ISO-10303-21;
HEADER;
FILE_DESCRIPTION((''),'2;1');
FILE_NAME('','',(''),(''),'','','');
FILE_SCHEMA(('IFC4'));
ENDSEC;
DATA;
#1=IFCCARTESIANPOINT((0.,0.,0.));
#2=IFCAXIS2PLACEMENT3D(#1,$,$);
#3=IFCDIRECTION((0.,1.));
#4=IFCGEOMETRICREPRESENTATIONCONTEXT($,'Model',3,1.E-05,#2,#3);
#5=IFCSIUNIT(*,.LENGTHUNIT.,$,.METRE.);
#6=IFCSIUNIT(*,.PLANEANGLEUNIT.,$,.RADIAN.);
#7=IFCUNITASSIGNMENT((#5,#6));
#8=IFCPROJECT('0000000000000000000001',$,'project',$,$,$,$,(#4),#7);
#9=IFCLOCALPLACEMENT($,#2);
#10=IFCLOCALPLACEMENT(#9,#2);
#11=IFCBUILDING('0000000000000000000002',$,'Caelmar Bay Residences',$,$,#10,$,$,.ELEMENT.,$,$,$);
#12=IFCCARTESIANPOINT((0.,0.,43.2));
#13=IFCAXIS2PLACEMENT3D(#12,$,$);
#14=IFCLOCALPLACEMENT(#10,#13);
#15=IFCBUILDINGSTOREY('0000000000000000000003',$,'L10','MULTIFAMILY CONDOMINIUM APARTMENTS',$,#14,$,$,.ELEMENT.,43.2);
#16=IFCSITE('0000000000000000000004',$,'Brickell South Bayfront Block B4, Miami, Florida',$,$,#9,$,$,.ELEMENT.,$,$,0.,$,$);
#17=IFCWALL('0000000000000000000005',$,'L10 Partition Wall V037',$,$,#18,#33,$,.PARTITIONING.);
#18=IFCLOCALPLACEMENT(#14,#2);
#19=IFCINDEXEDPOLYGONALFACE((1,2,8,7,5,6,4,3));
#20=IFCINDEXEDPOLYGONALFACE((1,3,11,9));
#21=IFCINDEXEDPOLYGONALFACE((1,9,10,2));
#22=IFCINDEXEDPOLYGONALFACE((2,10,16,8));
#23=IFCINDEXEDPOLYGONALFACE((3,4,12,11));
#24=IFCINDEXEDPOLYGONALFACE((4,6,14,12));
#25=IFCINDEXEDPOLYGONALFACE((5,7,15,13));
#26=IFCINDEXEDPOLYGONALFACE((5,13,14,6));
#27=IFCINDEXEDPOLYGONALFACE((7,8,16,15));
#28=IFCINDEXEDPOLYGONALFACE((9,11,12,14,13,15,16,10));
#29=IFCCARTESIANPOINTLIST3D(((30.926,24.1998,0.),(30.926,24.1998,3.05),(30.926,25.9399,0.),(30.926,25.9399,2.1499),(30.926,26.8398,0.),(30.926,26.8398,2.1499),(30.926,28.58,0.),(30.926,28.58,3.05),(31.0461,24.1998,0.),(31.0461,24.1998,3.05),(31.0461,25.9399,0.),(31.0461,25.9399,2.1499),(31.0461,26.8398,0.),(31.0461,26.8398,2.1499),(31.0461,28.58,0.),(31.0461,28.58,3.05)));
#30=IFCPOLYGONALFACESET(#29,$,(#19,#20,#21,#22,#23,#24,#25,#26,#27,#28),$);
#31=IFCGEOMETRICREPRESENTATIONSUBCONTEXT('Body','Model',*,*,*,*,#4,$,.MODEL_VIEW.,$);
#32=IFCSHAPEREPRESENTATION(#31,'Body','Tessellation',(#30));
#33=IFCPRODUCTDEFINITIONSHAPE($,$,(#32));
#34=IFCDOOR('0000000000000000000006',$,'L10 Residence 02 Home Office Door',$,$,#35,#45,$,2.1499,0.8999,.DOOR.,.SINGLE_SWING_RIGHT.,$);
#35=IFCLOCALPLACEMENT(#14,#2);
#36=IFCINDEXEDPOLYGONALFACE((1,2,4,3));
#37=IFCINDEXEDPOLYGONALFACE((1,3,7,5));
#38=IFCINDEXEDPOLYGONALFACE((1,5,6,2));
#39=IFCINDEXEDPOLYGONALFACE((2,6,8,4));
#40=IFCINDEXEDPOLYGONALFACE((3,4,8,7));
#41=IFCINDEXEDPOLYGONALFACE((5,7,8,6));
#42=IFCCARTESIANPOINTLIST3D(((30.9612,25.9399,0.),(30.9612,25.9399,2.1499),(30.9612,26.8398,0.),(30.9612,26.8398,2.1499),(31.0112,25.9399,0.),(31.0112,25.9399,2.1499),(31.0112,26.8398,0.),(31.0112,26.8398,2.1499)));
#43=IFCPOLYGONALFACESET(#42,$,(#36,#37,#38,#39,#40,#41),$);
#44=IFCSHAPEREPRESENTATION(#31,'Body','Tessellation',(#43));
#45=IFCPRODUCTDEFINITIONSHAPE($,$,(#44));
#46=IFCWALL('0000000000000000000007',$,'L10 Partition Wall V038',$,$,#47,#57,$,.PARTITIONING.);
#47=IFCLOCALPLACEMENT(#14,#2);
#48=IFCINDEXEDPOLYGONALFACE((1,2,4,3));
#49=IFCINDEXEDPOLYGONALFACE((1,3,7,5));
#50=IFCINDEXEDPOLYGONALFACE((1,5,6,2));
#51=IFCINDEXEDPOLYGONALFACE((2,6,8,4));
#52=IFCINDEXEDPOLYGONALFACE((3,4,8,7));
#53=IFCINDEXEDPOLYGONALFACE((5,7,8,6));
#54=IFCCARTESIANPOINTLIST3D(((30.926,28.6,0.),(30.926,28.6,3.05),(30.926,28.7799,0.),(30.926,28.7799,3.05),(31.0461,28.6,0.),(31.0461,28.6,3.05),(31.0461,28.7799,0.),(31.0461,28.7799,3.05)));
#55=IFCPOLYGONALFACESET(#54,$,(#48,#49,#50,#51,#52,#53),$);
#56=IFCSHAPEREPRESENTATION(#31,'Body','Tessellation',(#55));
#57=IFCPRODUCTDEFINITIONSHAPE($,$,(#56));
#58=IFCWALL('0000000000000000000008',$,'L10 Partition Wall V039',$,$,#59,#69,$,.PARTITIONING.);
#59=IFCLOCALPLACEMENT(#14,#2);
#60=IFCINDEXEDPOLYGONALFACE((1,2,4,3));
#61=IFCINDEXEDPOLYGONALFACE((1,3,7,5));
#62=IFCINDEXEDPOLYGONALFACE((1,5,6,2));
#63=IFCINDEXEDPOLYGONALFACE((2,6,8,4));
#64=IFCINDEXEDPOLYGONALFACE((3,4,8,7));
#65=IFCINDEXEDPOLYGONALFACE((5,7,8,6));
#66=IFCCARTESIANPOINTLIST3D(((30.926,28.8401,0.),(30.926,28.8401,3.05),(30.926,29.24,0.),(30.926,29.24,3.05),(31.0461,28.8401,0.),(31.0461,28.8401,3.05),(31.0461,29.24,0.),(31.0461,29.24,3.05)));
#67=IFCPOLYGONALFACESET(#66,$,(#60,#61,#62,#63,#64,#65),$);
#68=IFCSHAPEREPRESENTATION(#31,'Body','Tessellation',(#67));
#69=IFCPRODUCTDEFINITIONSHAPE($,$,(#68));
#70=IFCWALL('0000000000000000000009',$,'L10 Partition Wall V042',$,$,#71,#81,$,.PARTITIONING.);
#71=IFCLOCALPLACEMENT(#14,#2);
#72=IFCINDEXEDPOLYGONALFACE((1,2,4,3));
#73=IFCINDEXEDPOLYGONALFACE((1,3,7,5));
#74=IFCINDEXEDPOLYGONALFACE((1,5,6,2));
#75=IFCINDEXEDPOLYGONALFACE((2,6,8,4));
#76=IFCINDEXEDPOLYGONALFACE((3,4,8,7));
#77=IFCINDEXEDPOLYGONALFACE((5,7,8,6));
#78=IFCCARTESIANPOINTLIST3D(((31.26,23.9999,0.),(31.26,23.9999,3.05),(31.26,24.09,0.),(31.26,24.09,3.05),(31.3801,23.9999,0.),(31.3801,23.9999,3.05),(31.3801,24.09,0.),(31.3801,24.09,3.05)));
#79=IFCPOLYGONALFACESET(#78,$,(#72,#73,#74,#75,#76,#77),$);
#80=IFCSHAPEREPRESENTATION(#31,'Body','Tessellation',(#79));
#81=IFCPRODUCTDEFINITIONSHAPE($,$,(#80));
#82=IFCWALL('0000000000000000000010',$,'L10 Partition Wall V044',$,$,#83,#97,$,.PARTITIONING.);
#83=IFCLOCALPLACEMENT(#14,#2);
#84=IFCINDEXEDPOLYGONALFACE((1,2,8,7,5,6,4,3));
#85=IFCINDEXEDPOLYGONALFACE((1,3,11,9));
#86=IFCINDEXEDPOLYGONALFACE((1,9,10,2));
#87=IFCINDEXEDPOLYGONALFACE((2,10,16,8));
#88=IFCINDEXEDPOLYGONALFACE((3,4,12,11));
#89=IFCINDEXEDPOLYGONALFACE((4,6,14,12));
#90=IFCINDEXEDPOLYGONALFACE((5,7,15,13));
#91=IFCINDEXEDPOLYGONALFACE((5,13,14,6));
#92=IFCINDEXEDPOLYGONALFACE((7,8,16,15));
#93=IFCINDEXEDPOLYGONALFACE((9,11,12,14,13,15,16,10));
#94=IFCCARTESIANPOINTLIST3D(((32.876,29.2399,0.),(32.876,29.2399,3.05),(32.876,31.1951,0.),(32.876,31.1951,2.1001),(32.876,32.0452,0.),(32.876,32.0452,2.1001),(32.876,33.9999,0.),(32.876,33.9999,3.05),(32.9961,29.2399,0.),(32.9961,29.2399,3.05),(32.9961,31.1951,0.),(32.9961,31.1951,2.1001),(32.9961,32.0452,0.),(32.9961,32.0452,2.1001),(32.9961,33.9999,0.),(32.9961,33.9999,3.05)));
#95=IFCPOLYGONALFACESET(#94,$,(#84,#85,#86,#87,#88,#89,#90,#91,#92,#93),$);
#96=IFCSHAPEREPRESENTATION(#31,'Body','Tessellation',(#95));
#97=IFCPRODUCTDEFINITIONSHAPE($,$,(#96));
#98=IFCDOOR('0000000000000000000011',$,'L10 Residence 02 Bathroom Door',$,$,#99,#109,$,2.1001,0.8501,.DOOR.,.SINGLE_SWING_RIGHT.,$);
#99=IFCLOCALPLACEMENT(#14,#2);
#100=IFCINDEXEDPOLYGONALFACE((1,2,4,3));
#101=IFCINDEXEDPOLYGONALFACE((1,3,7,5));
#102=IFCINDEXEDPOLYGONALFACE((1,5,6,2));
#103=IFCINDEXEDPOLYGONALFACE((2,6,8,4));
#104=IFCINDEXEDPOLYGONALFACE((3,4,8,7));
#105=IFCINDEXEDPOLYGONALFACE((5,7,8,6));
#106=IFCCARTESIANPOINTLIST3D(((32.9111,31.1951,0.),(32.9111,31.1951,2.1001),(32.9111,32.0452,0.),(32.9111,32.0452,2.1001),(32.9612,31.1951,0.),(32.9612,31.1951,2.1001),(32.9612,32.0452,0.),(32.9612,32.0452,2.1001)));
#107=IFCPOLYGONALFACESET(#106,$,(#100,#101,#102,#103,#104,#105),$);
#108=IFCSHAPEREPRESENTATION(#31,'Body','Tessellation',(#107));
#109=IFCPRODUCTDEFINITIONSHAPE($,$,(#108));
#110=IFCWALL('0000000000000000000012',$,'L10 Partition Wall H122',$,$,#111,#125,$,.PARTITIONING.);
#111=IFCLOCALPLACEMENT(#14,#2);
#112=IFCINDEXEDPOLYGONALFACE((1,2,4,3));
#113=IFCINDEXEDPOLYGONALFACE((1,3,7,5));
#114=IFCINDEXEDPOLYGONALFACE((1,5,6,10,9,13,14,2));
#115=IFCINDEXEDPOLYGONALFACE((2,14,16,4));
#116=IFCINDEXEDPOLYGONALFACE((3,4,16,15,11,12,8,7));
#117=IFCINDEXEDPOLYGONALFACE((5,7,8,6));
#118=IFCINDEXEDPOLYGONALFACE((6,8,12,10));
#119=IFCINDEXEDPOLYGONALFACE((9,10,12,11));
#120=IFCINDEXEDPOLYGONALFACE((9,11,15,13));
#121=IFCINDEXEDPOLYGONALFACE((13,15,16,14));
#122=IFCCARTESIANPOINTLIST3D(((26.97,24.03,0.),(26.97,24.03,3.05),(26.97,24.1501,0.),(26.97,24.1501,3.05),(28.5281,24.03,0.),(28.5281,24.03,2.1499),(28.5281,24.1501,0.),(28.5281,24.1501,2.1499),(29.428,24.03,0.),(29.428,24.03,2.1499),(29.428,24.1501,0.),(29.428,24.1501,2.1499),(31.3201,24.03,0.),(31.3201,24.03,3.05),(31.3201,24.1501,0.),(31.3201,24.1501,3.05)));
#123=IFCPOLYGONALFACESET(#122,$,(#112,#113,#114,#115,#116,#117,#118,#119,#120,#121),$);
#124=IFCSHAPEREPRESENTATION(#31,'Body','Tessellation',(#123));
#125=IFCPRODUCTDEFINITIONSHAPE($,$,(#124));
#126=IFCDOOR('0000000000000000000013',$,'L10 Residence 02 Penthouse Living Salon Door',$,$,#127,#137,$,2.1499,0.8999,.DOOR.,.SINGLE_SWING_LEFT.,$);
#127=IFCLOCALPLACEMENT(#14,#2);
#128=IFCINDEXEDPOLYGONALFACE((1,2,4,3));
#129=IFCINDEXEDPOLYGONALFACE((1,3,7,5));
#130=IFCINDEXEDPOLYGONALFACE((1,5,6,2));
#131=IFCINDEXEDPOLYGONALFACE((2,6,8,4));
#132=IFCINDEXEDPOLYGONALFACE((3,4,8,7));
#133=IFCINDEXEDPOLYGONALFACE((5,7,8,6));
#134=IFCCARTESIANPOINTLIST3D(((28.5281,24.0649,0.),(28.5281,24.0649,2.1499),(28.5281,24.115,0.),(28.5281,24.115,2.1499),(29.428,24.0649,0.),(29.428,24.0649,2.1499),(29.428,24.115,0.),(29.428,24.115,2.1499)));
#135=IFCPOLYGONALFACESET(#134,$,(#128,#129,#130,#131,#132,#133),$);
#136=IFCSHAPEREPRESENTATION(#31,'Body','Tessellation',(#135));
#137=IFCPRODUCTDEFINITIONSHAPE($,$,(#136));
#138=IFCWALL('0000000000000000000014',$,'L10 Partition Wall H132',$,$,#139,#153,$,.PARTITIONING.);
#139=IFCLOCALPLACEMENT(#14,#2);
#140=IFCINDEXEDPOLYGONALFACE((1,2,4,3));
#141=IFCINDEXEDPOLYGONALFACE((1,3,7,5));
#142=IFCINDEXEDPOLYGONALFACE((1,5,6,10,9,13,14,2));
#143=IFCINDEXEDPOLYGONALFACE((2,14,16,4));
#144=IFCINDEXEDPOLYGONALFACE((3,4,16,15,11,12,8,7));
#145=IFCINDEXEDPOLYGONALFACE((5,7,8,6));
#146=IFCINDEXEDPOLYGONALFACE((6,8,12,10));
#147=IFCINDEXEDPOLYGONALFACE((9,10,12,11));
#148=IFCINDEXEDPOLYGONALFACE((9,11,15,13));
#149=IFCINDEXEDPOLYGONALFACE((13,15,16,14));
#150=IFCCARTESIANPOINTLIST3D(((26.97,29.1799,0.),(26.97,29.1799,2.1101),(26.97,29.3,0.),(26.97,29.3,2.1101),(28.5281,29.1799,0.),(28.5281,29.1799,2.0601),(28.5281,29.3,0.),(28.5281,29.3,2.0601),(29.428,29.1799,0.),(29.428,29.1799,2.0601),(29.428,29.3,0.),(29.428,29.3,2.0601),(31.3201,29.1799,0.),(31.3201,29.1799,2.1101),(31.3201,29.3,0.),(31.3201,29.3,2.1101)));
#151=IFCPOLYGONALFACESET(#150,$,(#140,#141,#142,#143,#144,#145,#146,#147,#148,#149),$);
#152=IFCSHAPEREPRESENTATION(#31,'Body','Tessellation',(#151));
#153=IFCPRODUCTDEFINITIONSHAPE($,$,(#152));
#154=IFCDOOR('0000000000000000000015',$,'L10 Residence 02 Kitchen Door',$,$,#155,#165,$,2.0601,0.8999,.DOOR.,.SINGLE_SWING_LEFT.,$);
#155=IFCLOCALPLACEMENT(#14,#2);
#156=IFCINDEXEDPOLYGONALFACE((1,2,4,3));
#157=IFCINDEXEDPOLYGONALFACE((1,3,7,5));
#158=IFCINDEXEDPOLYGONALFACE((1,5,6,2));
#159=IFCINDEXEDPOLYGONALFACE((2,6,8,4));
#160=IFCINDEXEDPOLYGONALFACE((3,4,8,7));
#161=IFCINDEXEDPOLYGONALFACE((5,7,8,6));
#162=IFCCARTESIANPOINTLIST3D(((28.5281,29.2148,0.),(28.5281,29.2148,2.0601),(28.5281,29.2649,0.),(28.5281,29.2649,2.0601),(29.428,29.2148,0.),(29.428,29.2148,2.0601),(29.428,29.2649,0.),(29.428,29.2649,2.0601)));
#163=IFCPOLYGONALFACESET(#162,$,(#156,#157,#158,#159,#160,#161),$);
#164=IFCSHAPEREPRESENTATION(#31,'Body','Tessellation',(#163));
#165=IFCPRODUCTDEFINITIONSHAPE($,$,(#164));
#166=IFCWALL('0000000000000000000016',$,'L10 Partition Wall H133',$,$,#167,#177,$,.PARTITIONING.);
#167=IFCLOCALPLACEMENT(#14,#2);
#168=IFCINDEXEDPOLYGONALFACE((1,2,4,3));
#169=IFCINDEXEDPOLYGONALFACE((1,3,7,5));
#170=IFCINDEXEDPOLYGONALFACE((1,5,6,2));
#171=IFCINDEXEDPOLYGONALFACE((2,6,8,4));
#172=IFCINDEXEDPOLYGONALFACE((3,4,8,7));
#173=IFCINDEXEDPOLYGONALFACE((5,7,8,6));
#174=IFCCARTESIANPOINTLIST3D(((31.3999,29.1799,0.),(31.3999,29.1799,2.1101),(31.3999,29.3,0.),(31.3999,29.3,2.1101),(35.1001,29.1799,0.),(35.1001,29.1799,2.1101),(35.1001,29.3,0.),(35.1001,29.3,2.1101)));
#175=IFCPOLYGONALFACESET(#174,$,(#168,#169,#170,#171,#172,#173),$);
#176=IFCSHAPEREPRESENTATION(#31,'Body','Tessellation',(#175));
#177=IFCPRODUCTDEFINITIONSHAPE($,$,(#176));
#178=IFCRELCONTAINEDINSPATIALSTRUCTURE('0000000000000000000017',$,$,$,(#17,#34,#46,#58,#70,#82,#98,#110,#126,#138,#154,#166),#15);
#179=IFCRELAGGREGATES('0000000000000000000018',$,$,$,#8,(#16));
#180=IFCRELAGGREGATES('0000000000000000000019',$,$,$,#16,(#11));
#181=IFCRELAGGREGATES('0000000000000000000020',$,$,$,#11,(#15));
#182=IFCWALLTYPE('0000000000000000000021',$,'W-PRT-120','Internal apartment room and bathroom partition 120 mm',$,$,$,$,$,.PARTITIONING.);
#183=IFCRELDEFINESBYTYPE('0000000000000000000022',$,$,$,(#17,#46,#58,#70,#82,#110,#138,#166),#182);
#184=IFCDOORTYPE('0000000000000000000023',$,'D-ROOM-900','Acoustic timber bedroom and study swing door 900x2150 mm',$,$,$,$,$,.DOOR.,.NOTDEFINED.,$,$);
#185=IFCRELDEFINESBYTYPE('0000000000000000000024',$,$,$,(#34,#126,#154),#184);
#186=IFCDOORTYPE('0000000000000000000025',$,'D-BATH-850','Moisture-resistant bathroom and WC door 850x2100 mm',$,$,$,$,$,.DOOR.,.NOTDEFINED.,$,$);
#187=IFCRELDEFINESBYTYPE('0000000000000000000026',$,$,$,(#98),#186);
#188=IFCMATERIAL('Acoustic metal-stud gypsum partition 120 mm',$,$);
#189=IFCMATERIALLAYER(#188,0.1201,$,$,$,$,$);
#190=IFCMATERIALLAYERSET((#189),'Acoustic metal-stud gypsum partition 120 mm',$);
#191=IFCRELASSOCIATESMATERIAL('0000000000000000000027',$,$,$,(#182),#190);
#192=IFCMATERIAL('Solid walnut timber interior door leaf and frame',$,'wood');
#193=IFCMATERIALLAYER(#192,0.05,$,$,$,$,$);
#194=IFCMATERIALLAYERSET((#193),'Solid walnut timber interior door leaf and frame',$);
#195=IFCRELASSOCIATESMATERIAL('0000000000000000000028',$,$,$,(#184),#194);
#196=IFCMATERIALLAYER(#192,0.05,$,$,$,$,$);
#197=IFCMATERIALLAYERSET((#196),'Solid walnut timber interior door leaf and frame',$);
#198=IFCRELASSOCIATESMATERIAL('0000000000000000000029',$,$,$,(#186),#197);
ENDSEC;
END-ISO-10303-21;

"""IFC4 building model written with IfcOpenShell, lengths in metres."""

from ifc_helpers import new_model, si_unit, direction, frame, frame_2d, origin, place, context, subcontext, project, spatial, rectangle, extrude, material, layer, layer_set, type_object, element, fill, save


model = new_model("IFC4")

# Units and contexts
model_context = context("Model", 3, precision=1e-05, world=origin(), true_north=direction((0.0, 1.0)))
body_context = subcontext(model_context, "Body", "Model", "MODEL_VIEW")
ifc_project = project(units=[si_unit("LENGTHUNIT", "METRE"), si_unit("PLANEANGLEUNIT", "RADIAN")], contexts=[model_context])

# Site, building, storey
site_placement = place(None, origin())
site = spatial("IfcSite", under=ifc_project, at=site_placement, Name="Brickell South Bayfront Block B4, Miami, Florida", CompositionType="ELEMENT", RefElevation=0.0)
building_placement = place(site_placement, origin())
building = spatial("IfcBuilding", under=site, at=building_placement, Name="Caelmar Bay Residences", CompositionType="ELEMENT")
storey_placement = place(building_placement, frame((0.0, 0.0, 43.2)))
storey = spatial("IfcBuildingStorey", under=building, at=storey_placement, Name="L10", Description="MULTIFAMILY CONDOMINIUM APARTMENTS", CompositionType="ELEMENT", Elevation=43.2)

# Shared definitions
ifc_material_1 = material(Name="Acoustic metal-stud gypsum partition 120 mm")
ifc_layer_1 = layer(ifc_material_1, 0.1201)
ifc_layer_set_1 = layer_set([ifc_layer_1], Name="Acoustic metal-stud gypsum partition 120 mm")
wall_type_1 = type_object("IfcWallType", Name="W-PRT-120", Description="Internal apartment room and bathroom partition 120 mm", PredefinedType="PARTITIONING", material=ifc_layer_set_1)

# Wall, opening, door
wall_1_placement = place(storey_placement, frame((30.9861, 24.2, 0.0), z_axis=(0.0, 0.0, 1.0), x_axis=(0.0, 1.0, 0.0)))
wall_1 = element("IfcWall", 1, at=wall_1_placement, inside=storey, type_object=wall_type_1, Name="L10 Partition Wall V037", PredefinedType="PARTITIONING", context=body_context, shape_type="SweptSolid", body=[
    extrude(rectangle(XDim=4.3801, YDim=0.1201, at=frame_2d((2.1899, 0.0))), origin(), (0.0, 0.0, 1.0), 3.05),
])
opening_1_placement = place(wall_1_placement, frame((1.74, 0.0, 0.0)))
opening_1 = element("IfcOpeningElement", 2, at=opening_1_placement, cuts=wall_1, PredefinedType="OPENING", context=body_context, shape_type="SweptSolid", body=[
    extrude(rectangle(XDim=0.8999, YDim=2.1499, at=frame_2d((0.45, 1.075))), frame((0.0, 0.0701, 0.0), z_axis=(0.0, -1.0, 0.0), x_axis=(1.0, 0.0, 0.0)), (0.0, 0.0, 1.0), 0.1401),
])
ifc_material_2 = material(Name="Solid walnut timber interior door leaf and frame", Category="wood")
ifc_layer_2 = layer(ifc_material_2, 0.05)
ifc_layer_set_2 = layer_set([ifc_layer_2], Name="Solid walnut timber interior door leaf and frame")
door_type_1 = type_object("IfcDoorType", Name="D-ROOM-900", Description="Acoustic timber bedroom and study swing door 900x2150 mm", OperationType="NOTDEFINED", PredefinedType="DOOR", material=ifc_layer_set_2)
door_1_placement = place(opening_1_placement, origin())
door_1 = element("IfcDoor", 3, at=door_1_placement, inside=storey, type_object=door_type_1, Name="L10 Residence 02 Home Office Door", OperationType="SINGLE_SWING_RIGHT", OverallHeight=2.1499, OverallWidth=0.8999, PredefinedType="DOOR", context=body_context, shape_type="SweptSolid", body=[
    extrude(rectangle(XDim=0.8999, YDim=2.1499, at=frame_2d((0.45, 1.075))), frame((0.0, 0.0249, 0.0), z_axis=(0.0, -1.0, 0.0), x_axis=(1.0, 0.0, 0.0)), (0.0, 0.0, 1.0), 0.05),
])
fill(opening_1, door_1)

# Walls
wall_2_placement = place(storey_placement, frame((30.9861, 28.6001, 0.0), z_axis=(0.0, 0.0, 1.0), x_axis=(0.0, 1.0, 0.0)))
element("IfcWall", 4, at=wall_2_placement, inside=storey, type_object=wall_type_1, Name="L10 Partition Wall V038", PredefinedType="PARTITIONING", context=body_context, shape_type="SweptSolid", body=[
    extrude(rectangle(XDim=0.1799, YDim=0.1201, at=frame_2d((0.0898, 0.0))), origin(), (0.0, 0.0, 1.0), 3.05),
])
wall_3_placement = place(storey_placement, frame((30.9861, 28.8401, 0.0), z_axis=(0.0, 0.0, 1.0), x_axis=(0.0, 1.0, 0.0)))
element("IfcWall", 5, at=wall_3_placement, inside=storey, type_object=wall_type_1, Name="L10 Partition Wall V039", PredefinedType="PARTITIONING", context=body_context, shape_type="SweptSolid", body=[
    extrude(rectangle(XDim=0.3999, YDim=0.1201, at=frame_2d((0.2, 0.0))), origin(), (0.0, 0.0, 1.0), 3.05),
])
wall_4_placement = place(storey_placement, frame((31.3201, 24.0, 0.0), z_axis=(0.0, 0.0, 1.0), x_axis=(0.0, 1.0, 0.0)))
element("IfcWall", 6, at=wall_4_placement, inside=storey, type_object=wall_type_1, Name="L10 Partition Wall V042", PredefinedType="PARTITIONING", context=body_context, shape_type="SweptSolid", body=[
    extrude(rectangle(XDim=0.0901, YDim=0.1201, at=frame_2d((0.0449, 0.0))), origin(), (0.0, 0.0, 1.0), 3.05),
])

# Walls, openings, doors
wall_5_placement = place(storey_placement, frame((32.936, 29.24, 0.0), z_axis=(0.0, 0.0, 1.0), x_axis=(0.0, 1.0, 0.0)))
wall_5 = element("IfcWall", 7, at=wall_5_placement, inside=storey, type_object=wall_type_1, Name="L10 Partition Wall V044", PredefinedType="PARTITIONING", context=body_context, shape_type="SweptSolid", body=[
    extrude(rectangle(XDim=4.76, YDim=0.1201, at=frame_2d((2.3799, 0.0))), origin(), (0.0, 0.0, 1.0), 3.05),
])
opening_2_placement = place(wall_5_placement, frame((1.9551, 0.0, 0.0)))
opening_2 = element("IfcOpeningElement", 8, at=opening_2_placement, cuts=wall_5, PredefinedType="OPENING", context=body_context, shape_type="SweptSolid", body=[
    extrude(rectangle(XDim=0.8501, YDim=2.1001, at=frame_2d((0.425, 1.05))), frame((0.0, 0.0701, 0.0), z_axis=(0.0, -1.0, 0.0), x_axis=(1.0, 0.0, 0.0)), (0.0, 0.0, 1.0), 0.1401),
])
ifc_layer_3 = layer(ifc_material_2, 0.05)
ifc_layer_set_3 = layer_set([ifc_layer_3], Name="Solid walnut timber interior door leaf and frame")
door_type_2 = type_object("IfcDoorType", Name="D-BATH-850", Description="Moisture-resistant bathroom and WC door 850x2100 mm", OperationType="NOTDEFINED", PredefinedType="DOOR", material=ifc_layer_set_3)
door_2_placement = place(opening_2_placement, origin())
door_2 = element("IfcDoor", 9, at=door_2_placement, inside=storey, type_object=door_type_2, Name="L10 Residence 02 Bathroom Door", OperationType="SINGLE_SWING_RIGHT", OverallHeight=2.1001, OverallWidth=0.8501, PredefinedType="DOOR", context=body_context, shape_type="SweptSolid", body=[
    extrude(rectangle(XDim=0.8501, YDim=2.1001, at=frame_2d((0.425, 1.05))), frame((0.0, 0.0249, 0.0), z_axis=(0.0, -1.0, 0.0), x_axis=(1.0, 0.0, 0.0)), (0.0, 0.0, 1.0), 0.05),
])
fill(opening_2, door_2)
wall_6_placement = place(storey_placement, frame((26.97, 24.0901, 0.0), z_axis=(0.0, 0.0, 1.0), x_axis=(1.0, 0.0, 0.0)))
wall_6 = element("IfcWall", 10, at=wall_6_placement, inside=storey, type_object=wall_type_1, Name="L10 Partition Wall H122", PredefinedType="PARTITIONING", context=body_context, shape_type="SweptSolid", body=[
    extrude(rectangle(XDim=4.3501, YDim=0.1201, at=frame_2d((2.175, 0.0))), origin(), (0.0, 0.0, 1.0), 3.05),
])
opening_3_placement = place(wall_6_placement, frame((1.5581, 0.0, 0.0)))
opening_3 = element("IfcOpeningElement", 11, at=opening_3_placement, cuts=wall_6, PredefinedType="OPENING", context=body_context, shape_type="SweptSolid", body=[
    extrude(rectangle(XDim=0.8999, YDim=2.1499, at=frame_2d((0.45, 1.075))), frame((0.0, 0.0701, 0.0), z_axis=(0.0, -1.0, 0.0), x_axis=(1.0, 0.0, 0.0)), (0.0, 0.0, 1.0), 0.1401),
])
door_3_placement = place(opening_3_placement, origin())
door_3 = element("IfcDoor", 12, at=door_3_placement, inside=storey, type_object=door_type_1, Name="L10 Residence 02 Penthouse Living Salon Door", OperationType="SINGLE_SWING_LEFT", OverallHeight=2.1499, OverallWidth=0.8999, PredefinedType="DOOR", context=body_context, shape_type="SweptSolid", body=[
    extrude(rectangle(XDim=0.8999, YDim=2.1499, at=frame_2d((0.45, 1.075))), frame((0.0, 0.0249, 0.0), z_axis=(0.0, -1.0, 0.0), x_axis=(1.0, 0.0, 0.0)), (0.0, 0.0, 1.0), 0.05),
])
fill(opening_3, door_3)
wall_7_placement = place(storey_placement, frame((26.97, 29.24, 0.0), z_axis=(0.0, 0.0, 1.0), x_axis=(1.0, 0.0, 0.0)))
wall_7 = element("IfcWall", 13, at=wall_7_placement, inside=storey, type_object=wall_type_1, Name="L10 Partition Wall H132", PredefinedType="PARTITIONING", context=body_context, shape_type="SweptSolid", body=[
    extrude(rectangle(XDim=4.3501, YDim=0.1201, at=frame_2d((2.175, 0.0))), origin(), (0.0, 0.0, 1.0), 2.1101),
])
opening_4_placement = place(wall_7_placement, frame((1.5581, 0.0, 0.0)))
opening_4 = element("IfcOpeningElement", 14, at=opening_4_placement, cuts=wall_7, PredefinedType="OPENING", context=body_context, shape_type="SweptSolid", body=[
    extrude(rectangle(XDim=0.8999, YDim=2.0601, at=frame_2d((0.45, 1.03))), frame((0.0, 0.0701, 0.0), z_axis=(0.0, -1.0, 0.0), x_axis=(1.0, 0.0, 0.0)), (0.0, 0.0, 1.0), 0.1401),
])
door_4_placement = place(opening_4_placement, origin())
door_4 = element("IfcDoor", 15, at=door_4_placement, inside=storey, type_object=door_type_1, Name="L10 Residence 02 Kitchen Door", OperationType="SINGLE_SWING_LEFT", OverallHeight=2.0601, OverallWidth=0.8999, PredefinedType="DOOR", context=body_context, shape_type="SweptSolid", body=[
    extrude(rectangle(XDim=0.8999, YDim=2.0601, at=frame_2d((0.45, 1.03))), frame((0.0, 0.0249, 0.0), z_axis=(0.0, -1.0, 0.0), x_axis=(1.0, 0.0, 0.0)), (0.0, 0.0, 1.0), 0.05),
])
fill(opening_4, door_4)

# Wall
wall_8_placement = place(storey_placement, frame((31.3999, 29.24, 0.0), z_axis=(0.0, 0.0, 1.0), x_axis=(1.0, 0.0, 0.0)))
element("IfcWall", 16, at=wall_8_placement, inside=storey, type_object=wall_type_1, Name="L10 Partition Wall H133", PredefinedType="PARTITIONING", context=body_context, shape_type="SweptSolid", body=[
    extrude(rectangle(XDim=3.7002, YDim=0.1201, at=frame_2d((1.8501, 0.0))), origin(), (0.0, 0.0, 1.0), 2.1101),
])

save(model, "model.ifc")
